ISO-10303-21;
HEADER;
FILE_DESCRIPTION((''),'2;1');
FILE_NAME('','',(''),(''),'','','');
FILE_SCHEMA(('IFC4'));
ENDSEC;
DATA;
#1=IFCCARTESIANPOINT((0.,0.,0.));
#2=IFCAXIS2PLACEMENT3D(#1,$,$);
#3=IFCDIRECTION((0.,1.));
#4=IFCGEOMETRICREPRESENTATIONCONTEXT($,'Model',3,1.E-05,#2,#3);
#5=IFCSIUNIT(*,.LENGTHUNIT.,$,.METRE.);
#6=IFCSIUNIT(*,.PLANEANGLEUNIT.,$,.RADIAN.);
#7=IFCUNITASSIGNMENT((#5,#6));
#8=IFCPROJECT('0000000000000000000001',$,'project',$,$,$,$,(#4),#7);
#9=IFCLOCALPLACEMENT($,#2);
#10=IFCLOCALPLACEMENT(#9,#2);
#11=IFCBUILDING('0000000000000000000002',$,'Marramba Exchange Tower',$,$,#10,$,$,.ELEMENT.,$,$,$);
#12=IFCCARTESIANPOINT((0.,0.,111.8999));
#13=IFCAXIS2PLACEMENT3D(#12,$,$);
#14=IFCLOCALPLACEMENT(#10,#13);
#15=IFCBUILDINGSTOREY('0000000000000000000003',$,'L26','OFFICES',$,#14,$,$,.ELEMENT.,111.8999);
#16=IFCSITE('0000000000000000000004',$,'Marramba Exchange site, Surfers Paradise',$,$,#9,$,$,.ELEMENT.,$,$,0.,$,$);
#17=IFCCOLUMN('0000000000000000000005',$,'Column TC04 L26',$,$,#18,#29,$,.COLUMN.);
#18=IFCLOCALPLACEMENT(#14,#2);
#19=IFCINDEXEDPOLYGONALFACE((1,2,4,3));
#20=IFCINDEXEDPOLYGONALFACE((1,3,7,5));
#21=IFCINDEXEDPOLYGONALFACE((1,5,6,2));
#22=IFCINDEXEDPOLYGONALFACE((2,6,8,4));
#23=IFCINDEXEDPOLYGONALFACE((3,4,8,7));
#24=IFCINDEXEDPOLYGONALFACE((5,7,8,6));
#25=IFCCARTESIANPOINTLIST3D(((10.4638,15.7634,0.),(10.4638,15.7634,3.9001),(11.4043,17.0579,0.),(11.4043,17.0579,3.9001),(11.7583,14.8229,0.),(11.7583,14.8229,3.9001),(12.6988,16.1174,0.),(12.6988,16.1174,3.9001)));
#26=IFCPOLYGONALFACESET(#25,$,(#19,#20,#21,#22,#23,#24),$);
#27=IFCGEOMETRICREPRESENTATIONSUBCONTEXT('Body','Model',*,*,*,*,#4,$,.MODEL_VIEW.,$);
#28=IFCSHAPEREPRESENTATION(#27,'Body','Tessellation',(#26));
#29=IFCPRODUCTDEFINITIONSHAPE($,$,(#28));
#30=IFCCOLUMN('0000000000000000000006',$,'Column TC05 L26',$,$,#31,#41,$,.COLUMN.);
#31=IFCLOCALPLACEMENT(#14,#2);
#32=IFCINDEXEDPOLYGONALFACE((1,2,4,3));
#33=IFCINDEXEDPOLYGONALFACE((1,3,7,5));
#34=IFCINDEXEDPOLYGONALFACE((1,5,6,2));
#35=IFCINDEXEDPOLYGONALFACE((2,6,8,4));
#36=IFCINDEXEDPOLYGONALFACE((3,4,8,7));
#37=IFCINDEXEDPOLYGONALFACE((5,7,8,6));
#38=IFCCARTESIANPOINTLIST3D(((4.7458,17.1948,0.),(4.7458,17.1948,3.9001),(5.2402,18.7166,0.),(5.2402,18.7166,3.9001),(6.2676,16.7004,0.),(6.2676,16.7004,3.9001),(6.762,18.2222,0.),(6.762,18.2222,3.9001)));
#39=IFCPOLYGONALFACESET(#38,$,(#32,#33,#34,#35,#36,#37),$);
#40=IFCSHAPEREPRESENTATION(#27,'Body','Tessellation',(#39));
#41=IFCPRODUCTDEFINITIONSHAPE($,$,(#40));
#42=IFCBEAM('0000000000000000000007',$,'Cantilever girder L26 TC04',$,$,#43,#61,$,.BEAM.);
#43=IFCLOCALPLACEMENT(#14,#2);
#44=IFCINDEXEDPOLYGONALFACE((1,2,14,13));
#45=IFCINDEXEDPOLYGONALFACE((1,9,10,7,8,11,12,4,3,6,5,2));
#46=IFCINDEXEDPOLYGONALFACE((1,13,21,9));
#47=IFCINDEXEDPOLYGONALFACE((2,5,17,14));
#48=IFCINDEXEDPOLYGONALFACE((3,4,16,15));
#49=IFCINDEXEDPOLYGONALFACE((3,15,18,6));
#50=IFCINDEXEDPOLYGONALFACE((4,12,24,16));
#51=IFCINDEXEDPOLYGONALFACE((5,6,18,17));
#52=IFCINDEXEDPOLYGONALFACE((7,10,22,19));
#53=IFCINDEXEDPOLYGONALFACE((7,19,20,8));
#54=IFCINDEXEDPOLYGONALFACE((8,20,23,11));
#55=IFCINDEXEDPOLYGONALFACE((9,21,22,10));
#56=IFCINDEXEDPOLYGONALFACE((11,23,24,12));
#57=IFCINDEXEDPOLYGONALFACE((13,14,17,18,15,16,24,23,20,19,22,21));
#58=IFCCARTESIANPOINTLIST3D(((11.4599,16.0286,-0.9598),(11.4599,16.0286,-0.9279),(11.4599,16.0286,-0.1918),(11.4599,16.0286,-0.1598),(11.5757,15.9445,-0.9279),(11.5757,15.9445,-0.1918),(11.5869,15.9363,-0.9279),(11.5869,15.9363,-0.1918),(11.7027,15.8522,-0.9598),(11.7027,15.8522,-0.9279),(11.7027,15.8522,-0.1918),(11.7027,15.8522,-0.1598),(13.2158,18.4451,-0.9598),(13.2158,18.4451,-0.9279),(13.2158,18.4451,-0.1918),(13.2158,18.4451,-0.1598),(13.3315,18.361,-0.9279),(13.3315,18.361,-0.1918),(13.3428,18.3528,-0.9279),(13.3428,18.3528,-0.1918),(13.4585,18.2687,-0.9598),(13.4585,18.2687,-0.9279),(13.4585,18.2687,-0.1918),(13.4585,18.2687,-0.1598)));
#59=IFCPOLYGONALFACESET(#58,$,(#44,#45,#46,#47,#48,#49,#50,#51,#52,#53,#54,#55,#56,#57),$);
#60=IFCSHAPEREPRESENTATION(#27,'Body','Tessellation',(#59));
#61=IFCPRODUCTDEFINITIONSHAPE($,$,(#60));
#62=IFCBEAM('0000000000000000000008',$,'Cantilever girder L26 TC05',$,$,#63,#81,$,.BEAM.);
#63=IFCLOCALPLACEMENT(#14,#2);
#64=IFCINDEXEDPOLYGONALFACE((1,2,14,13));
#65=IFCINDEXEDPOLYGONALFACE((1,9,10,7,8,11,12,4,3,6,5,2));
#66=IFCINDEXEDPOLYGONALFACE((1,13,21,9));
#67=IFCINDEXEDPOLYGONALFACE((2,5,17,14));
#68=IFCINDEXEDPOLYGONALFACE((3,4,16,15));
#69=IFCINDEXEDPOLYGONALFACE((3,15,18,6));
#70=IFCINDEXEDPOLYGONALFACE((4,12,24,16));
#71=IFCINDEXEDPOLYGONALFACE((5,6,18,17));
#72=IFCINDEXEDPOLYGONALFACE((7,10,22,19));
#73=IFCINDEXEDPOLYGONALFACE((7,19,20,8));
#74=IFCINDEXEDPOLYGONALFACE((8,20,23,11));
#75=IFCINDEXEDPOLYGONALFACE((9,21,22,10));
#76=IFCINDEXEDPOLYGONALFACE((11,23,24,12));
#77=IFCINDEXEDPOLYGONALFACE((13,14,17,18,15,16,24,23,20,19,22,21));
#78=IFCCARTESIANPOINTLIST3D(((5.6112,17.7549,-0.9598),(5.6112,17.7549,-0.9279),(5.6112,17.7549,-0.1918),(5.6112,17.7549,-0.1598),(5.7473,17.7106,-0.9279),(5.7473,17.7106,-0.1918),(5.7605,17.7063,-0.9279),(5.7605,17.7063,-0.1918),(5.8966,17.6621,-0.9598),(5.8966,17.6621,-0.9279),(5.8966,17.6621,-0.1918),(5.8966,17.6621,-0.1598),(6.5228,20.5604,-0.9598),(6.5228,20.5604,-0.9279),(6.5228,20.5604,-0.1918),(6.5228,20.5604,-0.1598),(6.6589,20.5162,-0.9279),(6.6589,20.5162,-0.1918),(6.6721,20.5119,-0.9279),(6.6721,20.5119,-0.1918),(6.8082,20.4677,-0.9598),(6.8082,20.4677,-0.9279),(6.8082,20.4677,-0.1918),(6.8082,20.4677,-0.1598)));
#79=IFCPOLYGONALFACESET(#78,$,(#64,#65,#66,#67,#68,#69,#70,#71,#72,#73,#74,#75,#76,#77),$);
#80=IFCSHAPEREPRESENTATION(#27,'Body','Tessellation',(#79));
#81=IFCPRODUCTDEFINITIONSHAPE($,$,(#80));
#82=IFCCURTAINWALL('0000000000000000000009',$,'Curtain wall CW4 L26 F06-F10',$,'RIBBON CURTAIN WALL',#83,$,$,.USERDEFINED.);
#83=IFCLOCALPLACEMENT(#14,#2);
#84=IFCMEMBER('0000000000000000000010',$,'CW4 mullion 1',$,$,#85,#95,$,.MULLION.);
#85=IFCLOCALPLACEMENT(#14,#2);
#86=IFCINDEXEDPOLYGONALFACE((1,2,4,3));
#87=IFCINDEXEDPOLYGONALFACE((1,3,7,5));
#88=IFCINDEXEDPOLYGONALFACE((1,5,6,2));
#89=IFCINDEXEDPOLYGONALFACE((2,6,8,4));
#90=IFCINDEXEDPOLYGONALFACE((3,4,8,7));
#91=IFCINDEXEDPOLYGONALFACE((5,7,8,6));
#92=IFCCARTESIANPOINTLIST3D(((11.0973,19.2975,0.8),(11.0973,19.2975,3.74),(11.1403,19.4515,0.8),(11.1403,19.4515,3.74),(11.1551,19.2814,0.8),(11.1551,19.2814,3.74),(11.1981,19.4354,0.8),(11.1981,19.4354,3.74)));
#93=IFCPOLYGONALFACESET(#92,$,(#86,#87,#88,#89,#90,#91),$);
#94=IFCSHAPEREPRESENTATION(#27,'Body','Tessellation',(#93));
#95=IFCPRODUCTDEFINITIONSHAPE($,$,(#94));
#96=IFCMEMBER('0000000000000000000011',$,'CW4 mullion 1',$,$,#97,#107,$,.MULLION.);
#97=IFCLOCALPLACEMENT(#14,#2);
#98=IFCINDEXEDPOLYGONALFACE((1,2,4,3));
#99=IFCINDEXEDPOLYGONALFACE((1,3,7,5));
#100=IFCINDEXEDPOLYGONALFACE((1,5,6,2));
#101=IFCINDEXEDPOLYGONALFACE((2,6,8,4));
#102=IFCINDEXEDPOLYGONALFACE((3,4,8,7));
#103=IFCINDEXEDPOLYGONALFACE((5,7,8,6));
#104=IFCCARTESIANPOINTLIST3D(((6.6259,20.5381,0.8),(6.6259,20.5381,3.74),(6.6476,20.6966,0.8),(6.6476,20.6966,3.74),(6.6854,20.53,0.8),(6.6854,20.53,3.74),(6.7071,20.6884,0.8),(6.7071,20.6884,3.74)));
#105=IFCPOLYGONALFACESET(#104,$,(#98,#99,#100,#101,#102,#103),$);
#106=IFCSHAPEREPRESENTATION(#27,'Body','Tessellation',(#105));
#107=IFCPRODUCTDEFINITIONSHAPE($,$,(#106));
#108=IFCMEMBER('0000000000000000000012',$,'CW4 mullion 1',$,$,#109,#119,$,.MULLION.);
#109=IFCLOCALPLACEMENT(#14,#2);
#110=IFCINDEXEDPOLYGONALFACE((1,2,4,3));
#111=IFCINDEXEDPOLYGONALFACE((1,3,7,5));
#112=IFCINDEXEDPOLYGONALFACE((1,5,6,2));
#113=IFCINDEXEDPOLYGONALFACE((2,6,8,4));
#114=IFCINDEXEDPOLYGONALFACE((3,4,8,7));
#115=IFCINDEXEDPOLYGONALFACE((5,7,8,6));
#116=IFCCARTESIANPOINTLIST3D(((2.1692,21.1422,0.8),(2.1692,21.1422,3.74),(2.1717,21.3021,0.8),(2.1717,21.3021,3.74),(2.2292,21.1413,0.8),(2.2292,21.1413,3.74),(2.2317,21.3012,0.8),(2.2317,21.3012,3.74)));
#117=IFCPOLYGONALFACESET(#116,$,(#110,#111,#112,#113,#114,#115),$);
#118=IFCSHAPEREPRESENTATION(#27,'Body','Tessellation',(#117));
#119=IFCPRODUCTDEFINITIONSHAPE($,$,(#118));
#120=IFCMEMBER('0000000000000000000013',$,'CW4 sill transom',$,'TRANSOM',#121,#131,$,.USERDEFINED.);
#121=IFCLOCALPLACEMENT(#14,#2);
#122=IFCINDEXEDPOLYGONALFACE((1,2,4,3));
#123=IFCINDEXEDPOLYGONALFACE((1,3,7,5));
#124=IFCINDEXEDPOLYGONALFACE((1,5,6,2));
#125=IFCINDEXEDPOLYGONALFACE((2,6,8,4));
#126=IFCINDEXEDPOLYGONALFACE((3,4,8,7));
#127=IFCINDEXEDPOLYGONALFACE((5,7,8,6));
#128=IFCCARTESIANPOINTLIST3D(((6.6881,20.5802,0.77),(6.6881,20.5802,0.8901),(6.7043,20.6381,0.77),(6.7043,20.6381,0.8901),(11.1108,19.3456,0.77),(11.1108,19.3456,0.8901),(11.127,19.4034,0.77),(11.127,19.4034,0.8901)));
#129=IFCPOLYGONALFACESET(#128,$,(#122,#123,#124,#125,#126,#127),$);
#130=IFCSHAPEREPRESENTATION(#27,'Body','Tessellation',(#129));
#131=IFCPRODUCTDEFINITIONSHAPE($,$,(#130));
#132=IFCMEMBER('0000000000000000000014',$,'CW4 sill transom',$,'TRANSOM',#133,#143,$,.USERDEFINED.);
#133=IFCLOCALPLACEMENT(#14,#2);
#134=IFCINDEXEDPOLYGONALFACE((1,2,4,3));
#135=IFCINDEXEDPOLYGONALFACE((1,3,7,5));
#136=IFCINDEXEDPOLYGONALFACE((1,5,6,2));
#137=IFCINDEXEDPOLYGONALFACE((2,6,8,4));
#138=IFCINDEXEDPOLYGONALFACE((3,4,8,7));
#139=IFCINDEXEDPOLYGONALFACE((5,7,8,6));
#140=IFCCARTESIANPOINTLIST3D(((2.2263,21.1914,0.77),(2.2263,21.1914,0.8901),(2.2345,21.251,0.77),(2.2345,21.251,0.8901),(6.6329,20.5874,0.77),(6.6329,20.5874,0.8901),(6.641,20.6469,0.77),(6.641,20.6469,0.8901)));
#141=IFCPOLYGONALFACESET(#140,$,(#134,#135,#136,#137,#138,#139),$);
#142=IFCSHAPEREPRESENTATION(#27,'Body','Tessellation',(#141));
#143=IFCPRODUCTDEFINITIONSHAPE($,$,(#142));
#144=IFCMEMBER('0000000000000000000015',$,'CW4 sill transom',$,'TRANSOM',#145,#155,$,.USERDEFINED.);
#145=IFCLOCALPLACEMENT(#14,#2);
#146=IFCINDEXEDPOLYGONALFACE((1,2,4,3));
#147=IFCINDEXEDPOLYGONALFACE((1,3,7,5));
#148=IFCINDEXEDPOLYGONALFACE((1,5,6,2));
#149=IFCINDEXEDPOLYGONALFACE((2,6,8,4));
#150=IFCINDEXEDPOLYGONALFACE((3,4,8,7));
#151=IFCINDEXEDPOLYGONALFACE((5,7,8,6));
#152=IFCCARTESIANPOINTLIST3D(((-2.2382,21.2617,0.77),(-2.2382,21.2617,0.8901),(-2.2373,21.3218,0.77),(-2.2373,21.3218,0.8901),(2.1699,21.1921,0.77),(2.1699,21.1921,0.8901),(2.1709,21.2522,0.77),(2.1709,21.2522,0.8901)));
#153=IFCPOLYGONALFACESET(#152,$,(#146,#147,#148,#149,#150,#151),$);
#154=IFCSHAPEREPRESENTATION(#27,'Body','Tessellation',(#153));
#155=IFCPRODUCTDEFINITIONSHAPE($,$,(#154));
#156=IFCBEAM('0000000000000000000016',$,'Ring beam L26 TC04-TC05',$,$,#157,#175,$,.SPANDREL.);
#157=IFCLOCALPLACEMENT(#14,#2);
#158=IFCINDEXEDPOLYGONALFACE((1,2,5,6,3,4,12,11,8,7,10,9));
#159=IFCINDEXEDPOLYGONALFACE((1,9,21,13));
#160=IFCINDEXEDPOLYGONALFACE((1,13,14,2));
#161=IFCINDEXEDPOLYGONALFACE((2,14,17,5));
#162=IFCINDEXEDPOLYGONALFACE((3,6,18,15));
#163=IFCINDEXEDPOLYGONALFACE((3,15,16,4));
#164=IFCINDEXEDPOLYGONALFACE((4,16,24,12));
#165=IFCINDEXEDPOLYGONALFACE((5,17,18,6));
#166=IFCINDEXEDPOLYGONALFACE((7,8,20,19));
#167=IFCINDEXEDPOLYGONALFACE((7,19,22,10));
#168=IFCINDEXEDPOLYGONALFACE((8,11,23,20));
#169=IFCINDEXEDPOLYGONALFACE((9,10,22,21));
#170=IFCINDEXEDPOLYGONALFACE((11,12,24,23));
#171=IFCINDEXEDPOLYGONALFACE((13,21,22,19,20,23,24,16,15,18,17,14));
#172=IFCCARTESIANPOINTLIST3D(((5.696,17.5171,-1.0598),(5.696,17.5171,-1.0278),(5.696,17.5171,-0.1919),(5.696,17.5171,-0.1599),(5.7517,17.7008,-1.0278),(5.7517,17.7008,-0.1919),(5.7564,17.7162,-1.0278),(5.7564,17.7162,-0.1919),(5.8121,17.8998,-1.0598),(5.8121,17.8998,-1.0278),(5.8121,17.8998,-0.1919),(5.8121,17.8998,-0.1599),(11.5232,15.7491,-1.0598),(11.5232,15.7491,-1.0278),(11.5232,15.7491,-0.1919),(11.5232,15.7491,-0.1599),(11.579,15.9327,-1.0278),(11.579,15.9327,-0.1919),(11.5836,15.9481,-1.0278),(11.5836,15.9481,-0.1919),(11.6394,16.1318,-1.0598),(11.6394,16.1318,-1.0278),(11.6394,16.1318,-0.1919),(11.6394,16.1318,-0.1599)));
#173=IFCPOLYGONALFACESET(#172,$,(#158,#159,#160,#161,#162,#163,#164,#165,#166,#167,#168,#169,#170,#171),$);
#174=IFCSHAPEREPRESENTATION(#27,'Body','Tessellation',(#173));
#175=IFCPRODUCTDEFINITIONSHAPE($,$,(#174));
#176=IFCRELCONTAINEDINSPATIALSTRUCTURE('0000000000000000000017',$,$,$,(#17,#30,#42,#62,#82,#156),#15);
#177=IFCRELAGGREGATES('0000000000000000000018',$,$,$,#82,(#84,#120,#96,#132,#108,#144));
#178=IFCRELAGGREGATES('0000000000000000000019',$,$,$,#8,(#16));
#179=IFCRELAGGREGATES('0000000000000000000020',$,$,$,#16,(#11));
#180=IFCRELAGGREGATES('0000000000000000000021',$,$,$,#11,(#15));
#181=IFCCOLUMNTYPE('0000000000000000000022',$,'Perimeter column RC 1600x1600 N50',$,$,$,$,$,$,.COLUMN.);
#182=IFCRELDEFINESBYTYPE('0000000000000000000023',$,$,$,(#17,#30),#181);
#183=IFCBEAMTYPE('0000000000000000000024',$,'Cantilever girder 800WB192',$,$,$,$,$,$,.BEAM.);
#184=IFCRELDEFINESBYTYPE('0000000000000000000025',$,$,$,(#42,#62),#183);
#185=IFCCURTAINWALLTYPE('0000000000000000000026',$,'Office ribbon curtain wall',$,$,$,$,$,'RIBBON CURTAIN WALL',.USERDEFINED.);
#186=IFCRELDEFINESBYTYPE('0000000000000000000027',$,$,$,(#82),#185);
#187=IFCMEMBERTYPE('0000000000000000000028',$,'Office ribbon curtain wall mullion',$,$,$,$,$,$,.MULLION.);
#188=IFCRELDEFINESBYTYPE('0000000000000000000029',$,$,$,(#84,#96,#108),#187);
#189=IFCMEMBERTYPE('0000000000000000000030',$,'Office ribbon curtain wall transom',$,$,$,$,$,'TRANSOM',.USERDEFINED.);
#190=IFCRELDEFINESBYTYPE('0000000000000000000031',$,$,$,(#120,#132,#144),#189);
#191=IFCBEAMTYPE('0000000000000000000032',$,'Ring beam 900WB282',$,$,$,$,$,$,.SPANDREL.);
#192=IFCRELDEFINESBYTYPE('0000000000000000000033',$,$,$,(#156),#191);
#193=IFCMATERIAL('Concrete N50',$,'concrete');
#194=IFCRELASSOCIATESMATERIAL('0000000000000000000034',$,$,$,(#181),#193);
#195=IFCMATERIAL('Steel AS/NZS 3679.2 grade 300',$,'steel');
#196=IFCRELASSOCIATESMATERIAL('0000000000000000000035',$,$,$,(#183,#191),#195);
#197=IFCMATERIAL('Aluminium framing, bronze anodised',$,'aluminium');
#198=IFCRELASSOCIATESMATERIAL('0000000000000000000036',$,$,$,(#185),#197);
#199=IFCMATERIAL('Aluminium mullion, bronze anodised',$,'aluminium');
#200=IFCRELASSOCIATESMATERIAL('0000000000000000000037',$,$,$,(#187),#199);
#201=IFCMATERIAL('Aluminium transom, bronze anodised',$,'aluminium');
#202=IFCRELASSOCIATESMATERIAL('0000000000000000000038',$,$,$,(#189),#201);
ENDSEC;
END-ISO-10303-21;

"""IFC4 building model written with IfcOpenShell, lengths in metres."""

from ifc_helpers import new_model, si_unit, direction, frame, origin, origin_2d, place, context, subcontext, project, spatial, rectangle, i_section, extrude, material, material_profile, profile_set, type_object, element, aggregate, save


model = new_model("IFC4")

# Units and contexts
model_context = context("Model", 3, precision=1e-05, world=origin(), true_north=direction((0.0, 1.0)))
body_context = subcontext(model_context, "Body", "Model", "MODEL_VIEW")
ifc_project = project(units=[si_unit("LENGTHUNIT", "METRE"), si_unit("PLANEANGLEUNIT", "RADIAN")], contexts=[model_context])

# Site, building, storey
site_placement = place(None, origin())
site = spatial("IfcSite", under=ifc_project, at=site_placement, Name="Marramba Exchange site, Surfers Paradise", CompositionType="ELEMENT", RefElevation=0.0)
building_placement = place(site_placement, origin())
building = spatial("IfcBuilding", under=site, at=building_placement, Name="Marramba Exchange Tower", CompositionType="ELEMENT")
storey_placement = place(building_placement, frame((0.0, 0.0, 111.8999)))
storey = spatial("IfcBuildingStorey", under=building, at=storey_placement, Name="L26", Description="OFFICES", CompositionType="ELEMENT", Elevation=111.8999)

# Columns
ifc_material_1 = material(Name="Concrete N50", Category="concrete")
ifc_material_profile_1 = material_profile(ifc_material_1, rectangle(XDim=1.6001, YDim=1.6001, at=origin_2d()), Name="RC 1600x1600")
ifc_profile_set_1 = profile_set([ifc_material_profile_1], Name="Concrete N50")
column_type = type_object("IfcColumnType", Name="Perimeter column RC 1600x1600 N50", PredefinedType="COLUMN", material=ifc_profile_set_1)
for number, where, z_axis, x_axis, name in (
    (1, (11.5813, 15.9404, 0.0), (0.0, 0.0, 1.0), (0.587785, 0.809017, 0.0), "Column TC04 L26"),
    (2, (5.7539, 17.7085, 0.0), (0.0, 0.0, 1.0), (0.309017, 0.951057, 0.0), "Column TC05 L26"),
):
    element("IfcColumn", number, at=place(storey_placement, frame(where, z_axis=z_axis, x_axis=x_axis)), inside=storey, type_object=column_type, Name=name, PredefinedType="COLUMN", context=body_context, shape_type="SweptSolid", body=[
        extrude(rectangle(XDim=1.6001, YDim=1.6001, at=origin_2d()), origin(), (0.0, 0.0, 1.0), 3.9001),
    ])

# Beams
ifc_material_2 = material(Name="Steel AS/NZS 3679.2 grade 300", Category="steel")
ifc_material_profile_2 = material_profile(ifc_material_2, i_section(OverallWidth=0.3, OverallDepth=0.8, WebThickness=0.0139, FlangeThickness=0.032, at=origin_2d()), Name="800WB192")
ifc_profile_set_2 = profile_set([ifc_material_profile_2], Name="Steel AS/NZS 3679.2 grade 300")
beam_type_1 = type_object("IfcBeamType", Name="Cantilever girder 800WB192", PredefinedType="BEAM", material=ifc_profile_set_2)
beam_1_placement = place(storey_placement, frame((11.5813, 15.9404, -0.5598), z_axis=(0.587822, 0.80899, 0.0), x_axis=(-0.80899, 0.587822, 0.0)))
element("IfcBeam", 3, at=beam_1_placement, inside=storey, type_object=beam_type_1, Name="Cantilever girder L26 TC04", PredefinedType="BEAM", context=body_context, shape_type="SweptSolid", body=[
    extrude(i_section(OverallWidth=0.3, OverallDepth=0.8, WebThickness=0.0139, FlangeThickness=0.032, at=origin_2d()), origin(), (0.0, 0.0, 1.0), 2.9871),
])
beam_2_placement = place(storey_placement, frame((5.7539, 17.7085, -0.5598), z_axis=(0.309019, 0.951056, 0.0), x_axis=(-0.951056, 0.309019, 0.0)))
element("IfcBeam", 4, at=beam_2_placement, inside=storey, type_object=beam_type_1, Name="Cantilever girder L26 TC05", PredefinedType="BEAM", context=body_context, shape_type="SweptSolid", body=[
    extrude(i_section(OverallWidth=0.3, OverallDepth=0.8, WebThickness=0.0139, FlangeThickness=0.032, at=origin_2d()), origin(), (0.0, 0.0, 1.0), 2.95),
])

# Curtain wall, members
ifc_material_3 = material(Name="Aluminium framing, bronze anodised", Category="aluminium")
curtain_wall_type = type_object("IfcCurtainWallType", Name="Office ribbon curtain wall", ElementType="RIBBON CURTAIN WALL", PredefinedType="USERDEFINED", material=ifc_material_3)
curtain_wall_placement = place(storey_placement, origin())
curtain_wall = element("IfcCurtainWall", 5, at=curtain_wall_placement, inside=storey, type_object=curtain_wall_type, Name="Curtain wall CW4 L26 F06-F10", ObjectType="RIBBON CURTAIN WALL", PredefinedType="USERDEFINED")
ifc_material_4 = material(Name="Aluminium mullion, bronze anodised", Category="aluminium")
ifc_material_profile_3 = material_profile(ifc_material_4, rectangle(XDim=0.1599, YDim=0.0601, at=origin_2d()), Name="CW4 mullion 60x160")
ifc_profile_set_3 = profile_set([ifc_material_profile_3], Name="Aluminium mullion, bronze anodised")
member_type_1 = type_object("IfcMemberType", Name="Office ribbon curtain wall mullion", PredefinedType="MULLION", material=ifc_profile_set_3)
member_1_placement = place(storey_placement, frame((11.1477, 19.3665, 0.8), z_axis=(0.0, 0.0, 1.0), x_axis=(-0.268865, -0.963178, 0.0)))
member_1 = element("IfcMember", 6, at=member_1_placement, type_object=member_type_1, Name="CW4 mullion 1", PredefinedType="MULLION", context=body_context, shape_type="SweptSolid", body=[
    extrude(rectangle(XDim=0.1599, YDim=0.0601, at=origin_2d()), origin(), (0.0, 0.0, 1.0), 2.9399),
])
member_2_placement = place(storey_placement, frame((6.6665, 20.6133, 0.8), z_axis=(0.0, 0.0, 1.0), x_axis=(-0.135786, -0.990738, 0.0)))
member_2 = element("IfcMember", 7, at=member_2_placement, type_object=member_type_1, Name="CW4 mullion 1", PredefinedType="MULLION", context=body_context, shape_type="SweptSolid", body=[
    extrude(rectangle(XDim=0.1599, YDim=0.0601, at=origin_2d()), origin(), (0.0, 0.0, 1.0), 2.9399),
])
member_3_placement = place(storey_placement, frame((2.2004, 21.2217, 0.8), z_axis=(0.0, 0.0, 1.0), x_axis=(-0.015756, -0.999876, 0.0)))
member_3 = element("IfcMember", 8, at=member_3_placement, type_object=member_type_1, Name="CW4 mullion 1", PredefinedType="MULLION", context=body_context, shape_type="SweptSolid", body=[
    extrude(rectangle(XDim=0.1599, YDim=0.0601, at=origin_2d()), origin(), (0.0, 0.0, 1.0), 2.9399),
])
ifc_material_5 = material(Name="Aluminium transom, bronze anodised", Category="aluminium")
ifc_material_profile_4 = material_profile(ifc_material_5, rectangle(XDim=0.0601, YDim=0.1201, at=origin_2d()), Name="CW4 transom 60x120")
ifc_profile_set_4 = profile_set([ifc_material_profile_4], Name="Aluminium transom, bronze anodised")
member_type_2 = type_object("IfcMemberType", Name="Office ribbon curtain wall transom", ElementType="TRANSOM", PredefinedType="USERDEFINED", material=ifc_profile_set_4)
member_4_placement = place(storey_placement, frame((11.1189, 19.3745, 0.8301), z_axis=(-0.963174, 0.26888, 0.0), x_axis=(-0.26888, -0.963174, 0.0)))
member_4 = element("IfcMember", 9, at=member_4_placement, type_object=member_type_2, Name="CW4 sill transom", ObjectType="TRANSOM", PredefinedType="USERDEFINED", context=body_context, shape_type="SweptSolid", body=[
    extrude(rectangle(XDim=0.0601, YDim=0.1201, at=origin_2d()), origin(), (0.0, 0.0, 1.0), 4.5918),
])
member_5_placement = place(storey_placement, frame((6.637, 20.6172, 0.8301), z_axis=(-0.990736, 0.135801, 0.0), x_axis=(-0.135801, -0.990736, 0.0)))
member_5 = element("IfcMember", 10, at=member_5_placement, type_object=member_type_2, Name="CW4 sill transom", ObjectType="TRANSOM", PredefinedType="USERDEFINED", context=body_context, shape_type="SweptSolid", body=[
    extrude(rectangle(XDim=0.0601, YDim=0.1201, at=origin_2d()), origin(), (0.0, 0.0, 1.0), 4.4478),
])
member_6_placement = place(storey_placement, frame((2.1704, 21.2222, 0.8301), z_axis=(-0.999875, 0.015782, 0.0), x_axis=(-0.015782, -0.999875, 0.0)))
member_6 = element("IfcMember", 11, at=member_6_placement, type_object=member_type_2, Name="CW4 sill transom", ObjectType="TRANSOM", PredefinedType="USERDEFINED", context=body_context, shape_type="SweptSolid", body=[
    extrude(rectangle(XDim=0.0601, YDim=0.1201, at=origin_2d()), origin(), (0.0, 0.0, 1.0), 4.4087),
])

# Beam
ifc_material_profile_5 = material_profile(ifc_material_2, i_section(OverallWidth=0.3999, OverallDepth=0.8999, WebThickness=0.0161, FlangeThickness=0.032, at=origin_2d()), Name="900WB282")
ifc_profile_set_5 = profile_set([ifc_material_profile_5], Name="Steel AS/NZS 3679.2 grade 300")
beam_type_2 = type_object("IfcBeamType", Name="Ring beam 900WB282", PredefinedType="SPANDREL", material=ifc_profile_set_5)
beam_3_placement = place(storey_placement, frame((11.5813, 15.9404, -0.6099), z_axis=(-0.956925, 0.290337, 0.0), x_axis=(-0.290337, -0.956925, 0.0)))
element("IfcBeam", 12, at=beam_3_placement, inside=storey, type_object=beam_type_2, Name="Ring beam L26 TC04-TC05", PredefinedType="SPANDREL", context=body_context, shape_type="SweptSolid", body=[
    extrude(i_section(OverallWidth=0.3999, OverallDepth=0.8999, WebThickness=0.0161, FlangeThickness=0.032, at=origin_2d()), origin(), (0.0, 0.0, 1.0), 6.0896),
])

aggregate(curtain_wall, [member_1, member_4, member_2, member_5, member_3, member_6])

save(model, "model.ifc")
